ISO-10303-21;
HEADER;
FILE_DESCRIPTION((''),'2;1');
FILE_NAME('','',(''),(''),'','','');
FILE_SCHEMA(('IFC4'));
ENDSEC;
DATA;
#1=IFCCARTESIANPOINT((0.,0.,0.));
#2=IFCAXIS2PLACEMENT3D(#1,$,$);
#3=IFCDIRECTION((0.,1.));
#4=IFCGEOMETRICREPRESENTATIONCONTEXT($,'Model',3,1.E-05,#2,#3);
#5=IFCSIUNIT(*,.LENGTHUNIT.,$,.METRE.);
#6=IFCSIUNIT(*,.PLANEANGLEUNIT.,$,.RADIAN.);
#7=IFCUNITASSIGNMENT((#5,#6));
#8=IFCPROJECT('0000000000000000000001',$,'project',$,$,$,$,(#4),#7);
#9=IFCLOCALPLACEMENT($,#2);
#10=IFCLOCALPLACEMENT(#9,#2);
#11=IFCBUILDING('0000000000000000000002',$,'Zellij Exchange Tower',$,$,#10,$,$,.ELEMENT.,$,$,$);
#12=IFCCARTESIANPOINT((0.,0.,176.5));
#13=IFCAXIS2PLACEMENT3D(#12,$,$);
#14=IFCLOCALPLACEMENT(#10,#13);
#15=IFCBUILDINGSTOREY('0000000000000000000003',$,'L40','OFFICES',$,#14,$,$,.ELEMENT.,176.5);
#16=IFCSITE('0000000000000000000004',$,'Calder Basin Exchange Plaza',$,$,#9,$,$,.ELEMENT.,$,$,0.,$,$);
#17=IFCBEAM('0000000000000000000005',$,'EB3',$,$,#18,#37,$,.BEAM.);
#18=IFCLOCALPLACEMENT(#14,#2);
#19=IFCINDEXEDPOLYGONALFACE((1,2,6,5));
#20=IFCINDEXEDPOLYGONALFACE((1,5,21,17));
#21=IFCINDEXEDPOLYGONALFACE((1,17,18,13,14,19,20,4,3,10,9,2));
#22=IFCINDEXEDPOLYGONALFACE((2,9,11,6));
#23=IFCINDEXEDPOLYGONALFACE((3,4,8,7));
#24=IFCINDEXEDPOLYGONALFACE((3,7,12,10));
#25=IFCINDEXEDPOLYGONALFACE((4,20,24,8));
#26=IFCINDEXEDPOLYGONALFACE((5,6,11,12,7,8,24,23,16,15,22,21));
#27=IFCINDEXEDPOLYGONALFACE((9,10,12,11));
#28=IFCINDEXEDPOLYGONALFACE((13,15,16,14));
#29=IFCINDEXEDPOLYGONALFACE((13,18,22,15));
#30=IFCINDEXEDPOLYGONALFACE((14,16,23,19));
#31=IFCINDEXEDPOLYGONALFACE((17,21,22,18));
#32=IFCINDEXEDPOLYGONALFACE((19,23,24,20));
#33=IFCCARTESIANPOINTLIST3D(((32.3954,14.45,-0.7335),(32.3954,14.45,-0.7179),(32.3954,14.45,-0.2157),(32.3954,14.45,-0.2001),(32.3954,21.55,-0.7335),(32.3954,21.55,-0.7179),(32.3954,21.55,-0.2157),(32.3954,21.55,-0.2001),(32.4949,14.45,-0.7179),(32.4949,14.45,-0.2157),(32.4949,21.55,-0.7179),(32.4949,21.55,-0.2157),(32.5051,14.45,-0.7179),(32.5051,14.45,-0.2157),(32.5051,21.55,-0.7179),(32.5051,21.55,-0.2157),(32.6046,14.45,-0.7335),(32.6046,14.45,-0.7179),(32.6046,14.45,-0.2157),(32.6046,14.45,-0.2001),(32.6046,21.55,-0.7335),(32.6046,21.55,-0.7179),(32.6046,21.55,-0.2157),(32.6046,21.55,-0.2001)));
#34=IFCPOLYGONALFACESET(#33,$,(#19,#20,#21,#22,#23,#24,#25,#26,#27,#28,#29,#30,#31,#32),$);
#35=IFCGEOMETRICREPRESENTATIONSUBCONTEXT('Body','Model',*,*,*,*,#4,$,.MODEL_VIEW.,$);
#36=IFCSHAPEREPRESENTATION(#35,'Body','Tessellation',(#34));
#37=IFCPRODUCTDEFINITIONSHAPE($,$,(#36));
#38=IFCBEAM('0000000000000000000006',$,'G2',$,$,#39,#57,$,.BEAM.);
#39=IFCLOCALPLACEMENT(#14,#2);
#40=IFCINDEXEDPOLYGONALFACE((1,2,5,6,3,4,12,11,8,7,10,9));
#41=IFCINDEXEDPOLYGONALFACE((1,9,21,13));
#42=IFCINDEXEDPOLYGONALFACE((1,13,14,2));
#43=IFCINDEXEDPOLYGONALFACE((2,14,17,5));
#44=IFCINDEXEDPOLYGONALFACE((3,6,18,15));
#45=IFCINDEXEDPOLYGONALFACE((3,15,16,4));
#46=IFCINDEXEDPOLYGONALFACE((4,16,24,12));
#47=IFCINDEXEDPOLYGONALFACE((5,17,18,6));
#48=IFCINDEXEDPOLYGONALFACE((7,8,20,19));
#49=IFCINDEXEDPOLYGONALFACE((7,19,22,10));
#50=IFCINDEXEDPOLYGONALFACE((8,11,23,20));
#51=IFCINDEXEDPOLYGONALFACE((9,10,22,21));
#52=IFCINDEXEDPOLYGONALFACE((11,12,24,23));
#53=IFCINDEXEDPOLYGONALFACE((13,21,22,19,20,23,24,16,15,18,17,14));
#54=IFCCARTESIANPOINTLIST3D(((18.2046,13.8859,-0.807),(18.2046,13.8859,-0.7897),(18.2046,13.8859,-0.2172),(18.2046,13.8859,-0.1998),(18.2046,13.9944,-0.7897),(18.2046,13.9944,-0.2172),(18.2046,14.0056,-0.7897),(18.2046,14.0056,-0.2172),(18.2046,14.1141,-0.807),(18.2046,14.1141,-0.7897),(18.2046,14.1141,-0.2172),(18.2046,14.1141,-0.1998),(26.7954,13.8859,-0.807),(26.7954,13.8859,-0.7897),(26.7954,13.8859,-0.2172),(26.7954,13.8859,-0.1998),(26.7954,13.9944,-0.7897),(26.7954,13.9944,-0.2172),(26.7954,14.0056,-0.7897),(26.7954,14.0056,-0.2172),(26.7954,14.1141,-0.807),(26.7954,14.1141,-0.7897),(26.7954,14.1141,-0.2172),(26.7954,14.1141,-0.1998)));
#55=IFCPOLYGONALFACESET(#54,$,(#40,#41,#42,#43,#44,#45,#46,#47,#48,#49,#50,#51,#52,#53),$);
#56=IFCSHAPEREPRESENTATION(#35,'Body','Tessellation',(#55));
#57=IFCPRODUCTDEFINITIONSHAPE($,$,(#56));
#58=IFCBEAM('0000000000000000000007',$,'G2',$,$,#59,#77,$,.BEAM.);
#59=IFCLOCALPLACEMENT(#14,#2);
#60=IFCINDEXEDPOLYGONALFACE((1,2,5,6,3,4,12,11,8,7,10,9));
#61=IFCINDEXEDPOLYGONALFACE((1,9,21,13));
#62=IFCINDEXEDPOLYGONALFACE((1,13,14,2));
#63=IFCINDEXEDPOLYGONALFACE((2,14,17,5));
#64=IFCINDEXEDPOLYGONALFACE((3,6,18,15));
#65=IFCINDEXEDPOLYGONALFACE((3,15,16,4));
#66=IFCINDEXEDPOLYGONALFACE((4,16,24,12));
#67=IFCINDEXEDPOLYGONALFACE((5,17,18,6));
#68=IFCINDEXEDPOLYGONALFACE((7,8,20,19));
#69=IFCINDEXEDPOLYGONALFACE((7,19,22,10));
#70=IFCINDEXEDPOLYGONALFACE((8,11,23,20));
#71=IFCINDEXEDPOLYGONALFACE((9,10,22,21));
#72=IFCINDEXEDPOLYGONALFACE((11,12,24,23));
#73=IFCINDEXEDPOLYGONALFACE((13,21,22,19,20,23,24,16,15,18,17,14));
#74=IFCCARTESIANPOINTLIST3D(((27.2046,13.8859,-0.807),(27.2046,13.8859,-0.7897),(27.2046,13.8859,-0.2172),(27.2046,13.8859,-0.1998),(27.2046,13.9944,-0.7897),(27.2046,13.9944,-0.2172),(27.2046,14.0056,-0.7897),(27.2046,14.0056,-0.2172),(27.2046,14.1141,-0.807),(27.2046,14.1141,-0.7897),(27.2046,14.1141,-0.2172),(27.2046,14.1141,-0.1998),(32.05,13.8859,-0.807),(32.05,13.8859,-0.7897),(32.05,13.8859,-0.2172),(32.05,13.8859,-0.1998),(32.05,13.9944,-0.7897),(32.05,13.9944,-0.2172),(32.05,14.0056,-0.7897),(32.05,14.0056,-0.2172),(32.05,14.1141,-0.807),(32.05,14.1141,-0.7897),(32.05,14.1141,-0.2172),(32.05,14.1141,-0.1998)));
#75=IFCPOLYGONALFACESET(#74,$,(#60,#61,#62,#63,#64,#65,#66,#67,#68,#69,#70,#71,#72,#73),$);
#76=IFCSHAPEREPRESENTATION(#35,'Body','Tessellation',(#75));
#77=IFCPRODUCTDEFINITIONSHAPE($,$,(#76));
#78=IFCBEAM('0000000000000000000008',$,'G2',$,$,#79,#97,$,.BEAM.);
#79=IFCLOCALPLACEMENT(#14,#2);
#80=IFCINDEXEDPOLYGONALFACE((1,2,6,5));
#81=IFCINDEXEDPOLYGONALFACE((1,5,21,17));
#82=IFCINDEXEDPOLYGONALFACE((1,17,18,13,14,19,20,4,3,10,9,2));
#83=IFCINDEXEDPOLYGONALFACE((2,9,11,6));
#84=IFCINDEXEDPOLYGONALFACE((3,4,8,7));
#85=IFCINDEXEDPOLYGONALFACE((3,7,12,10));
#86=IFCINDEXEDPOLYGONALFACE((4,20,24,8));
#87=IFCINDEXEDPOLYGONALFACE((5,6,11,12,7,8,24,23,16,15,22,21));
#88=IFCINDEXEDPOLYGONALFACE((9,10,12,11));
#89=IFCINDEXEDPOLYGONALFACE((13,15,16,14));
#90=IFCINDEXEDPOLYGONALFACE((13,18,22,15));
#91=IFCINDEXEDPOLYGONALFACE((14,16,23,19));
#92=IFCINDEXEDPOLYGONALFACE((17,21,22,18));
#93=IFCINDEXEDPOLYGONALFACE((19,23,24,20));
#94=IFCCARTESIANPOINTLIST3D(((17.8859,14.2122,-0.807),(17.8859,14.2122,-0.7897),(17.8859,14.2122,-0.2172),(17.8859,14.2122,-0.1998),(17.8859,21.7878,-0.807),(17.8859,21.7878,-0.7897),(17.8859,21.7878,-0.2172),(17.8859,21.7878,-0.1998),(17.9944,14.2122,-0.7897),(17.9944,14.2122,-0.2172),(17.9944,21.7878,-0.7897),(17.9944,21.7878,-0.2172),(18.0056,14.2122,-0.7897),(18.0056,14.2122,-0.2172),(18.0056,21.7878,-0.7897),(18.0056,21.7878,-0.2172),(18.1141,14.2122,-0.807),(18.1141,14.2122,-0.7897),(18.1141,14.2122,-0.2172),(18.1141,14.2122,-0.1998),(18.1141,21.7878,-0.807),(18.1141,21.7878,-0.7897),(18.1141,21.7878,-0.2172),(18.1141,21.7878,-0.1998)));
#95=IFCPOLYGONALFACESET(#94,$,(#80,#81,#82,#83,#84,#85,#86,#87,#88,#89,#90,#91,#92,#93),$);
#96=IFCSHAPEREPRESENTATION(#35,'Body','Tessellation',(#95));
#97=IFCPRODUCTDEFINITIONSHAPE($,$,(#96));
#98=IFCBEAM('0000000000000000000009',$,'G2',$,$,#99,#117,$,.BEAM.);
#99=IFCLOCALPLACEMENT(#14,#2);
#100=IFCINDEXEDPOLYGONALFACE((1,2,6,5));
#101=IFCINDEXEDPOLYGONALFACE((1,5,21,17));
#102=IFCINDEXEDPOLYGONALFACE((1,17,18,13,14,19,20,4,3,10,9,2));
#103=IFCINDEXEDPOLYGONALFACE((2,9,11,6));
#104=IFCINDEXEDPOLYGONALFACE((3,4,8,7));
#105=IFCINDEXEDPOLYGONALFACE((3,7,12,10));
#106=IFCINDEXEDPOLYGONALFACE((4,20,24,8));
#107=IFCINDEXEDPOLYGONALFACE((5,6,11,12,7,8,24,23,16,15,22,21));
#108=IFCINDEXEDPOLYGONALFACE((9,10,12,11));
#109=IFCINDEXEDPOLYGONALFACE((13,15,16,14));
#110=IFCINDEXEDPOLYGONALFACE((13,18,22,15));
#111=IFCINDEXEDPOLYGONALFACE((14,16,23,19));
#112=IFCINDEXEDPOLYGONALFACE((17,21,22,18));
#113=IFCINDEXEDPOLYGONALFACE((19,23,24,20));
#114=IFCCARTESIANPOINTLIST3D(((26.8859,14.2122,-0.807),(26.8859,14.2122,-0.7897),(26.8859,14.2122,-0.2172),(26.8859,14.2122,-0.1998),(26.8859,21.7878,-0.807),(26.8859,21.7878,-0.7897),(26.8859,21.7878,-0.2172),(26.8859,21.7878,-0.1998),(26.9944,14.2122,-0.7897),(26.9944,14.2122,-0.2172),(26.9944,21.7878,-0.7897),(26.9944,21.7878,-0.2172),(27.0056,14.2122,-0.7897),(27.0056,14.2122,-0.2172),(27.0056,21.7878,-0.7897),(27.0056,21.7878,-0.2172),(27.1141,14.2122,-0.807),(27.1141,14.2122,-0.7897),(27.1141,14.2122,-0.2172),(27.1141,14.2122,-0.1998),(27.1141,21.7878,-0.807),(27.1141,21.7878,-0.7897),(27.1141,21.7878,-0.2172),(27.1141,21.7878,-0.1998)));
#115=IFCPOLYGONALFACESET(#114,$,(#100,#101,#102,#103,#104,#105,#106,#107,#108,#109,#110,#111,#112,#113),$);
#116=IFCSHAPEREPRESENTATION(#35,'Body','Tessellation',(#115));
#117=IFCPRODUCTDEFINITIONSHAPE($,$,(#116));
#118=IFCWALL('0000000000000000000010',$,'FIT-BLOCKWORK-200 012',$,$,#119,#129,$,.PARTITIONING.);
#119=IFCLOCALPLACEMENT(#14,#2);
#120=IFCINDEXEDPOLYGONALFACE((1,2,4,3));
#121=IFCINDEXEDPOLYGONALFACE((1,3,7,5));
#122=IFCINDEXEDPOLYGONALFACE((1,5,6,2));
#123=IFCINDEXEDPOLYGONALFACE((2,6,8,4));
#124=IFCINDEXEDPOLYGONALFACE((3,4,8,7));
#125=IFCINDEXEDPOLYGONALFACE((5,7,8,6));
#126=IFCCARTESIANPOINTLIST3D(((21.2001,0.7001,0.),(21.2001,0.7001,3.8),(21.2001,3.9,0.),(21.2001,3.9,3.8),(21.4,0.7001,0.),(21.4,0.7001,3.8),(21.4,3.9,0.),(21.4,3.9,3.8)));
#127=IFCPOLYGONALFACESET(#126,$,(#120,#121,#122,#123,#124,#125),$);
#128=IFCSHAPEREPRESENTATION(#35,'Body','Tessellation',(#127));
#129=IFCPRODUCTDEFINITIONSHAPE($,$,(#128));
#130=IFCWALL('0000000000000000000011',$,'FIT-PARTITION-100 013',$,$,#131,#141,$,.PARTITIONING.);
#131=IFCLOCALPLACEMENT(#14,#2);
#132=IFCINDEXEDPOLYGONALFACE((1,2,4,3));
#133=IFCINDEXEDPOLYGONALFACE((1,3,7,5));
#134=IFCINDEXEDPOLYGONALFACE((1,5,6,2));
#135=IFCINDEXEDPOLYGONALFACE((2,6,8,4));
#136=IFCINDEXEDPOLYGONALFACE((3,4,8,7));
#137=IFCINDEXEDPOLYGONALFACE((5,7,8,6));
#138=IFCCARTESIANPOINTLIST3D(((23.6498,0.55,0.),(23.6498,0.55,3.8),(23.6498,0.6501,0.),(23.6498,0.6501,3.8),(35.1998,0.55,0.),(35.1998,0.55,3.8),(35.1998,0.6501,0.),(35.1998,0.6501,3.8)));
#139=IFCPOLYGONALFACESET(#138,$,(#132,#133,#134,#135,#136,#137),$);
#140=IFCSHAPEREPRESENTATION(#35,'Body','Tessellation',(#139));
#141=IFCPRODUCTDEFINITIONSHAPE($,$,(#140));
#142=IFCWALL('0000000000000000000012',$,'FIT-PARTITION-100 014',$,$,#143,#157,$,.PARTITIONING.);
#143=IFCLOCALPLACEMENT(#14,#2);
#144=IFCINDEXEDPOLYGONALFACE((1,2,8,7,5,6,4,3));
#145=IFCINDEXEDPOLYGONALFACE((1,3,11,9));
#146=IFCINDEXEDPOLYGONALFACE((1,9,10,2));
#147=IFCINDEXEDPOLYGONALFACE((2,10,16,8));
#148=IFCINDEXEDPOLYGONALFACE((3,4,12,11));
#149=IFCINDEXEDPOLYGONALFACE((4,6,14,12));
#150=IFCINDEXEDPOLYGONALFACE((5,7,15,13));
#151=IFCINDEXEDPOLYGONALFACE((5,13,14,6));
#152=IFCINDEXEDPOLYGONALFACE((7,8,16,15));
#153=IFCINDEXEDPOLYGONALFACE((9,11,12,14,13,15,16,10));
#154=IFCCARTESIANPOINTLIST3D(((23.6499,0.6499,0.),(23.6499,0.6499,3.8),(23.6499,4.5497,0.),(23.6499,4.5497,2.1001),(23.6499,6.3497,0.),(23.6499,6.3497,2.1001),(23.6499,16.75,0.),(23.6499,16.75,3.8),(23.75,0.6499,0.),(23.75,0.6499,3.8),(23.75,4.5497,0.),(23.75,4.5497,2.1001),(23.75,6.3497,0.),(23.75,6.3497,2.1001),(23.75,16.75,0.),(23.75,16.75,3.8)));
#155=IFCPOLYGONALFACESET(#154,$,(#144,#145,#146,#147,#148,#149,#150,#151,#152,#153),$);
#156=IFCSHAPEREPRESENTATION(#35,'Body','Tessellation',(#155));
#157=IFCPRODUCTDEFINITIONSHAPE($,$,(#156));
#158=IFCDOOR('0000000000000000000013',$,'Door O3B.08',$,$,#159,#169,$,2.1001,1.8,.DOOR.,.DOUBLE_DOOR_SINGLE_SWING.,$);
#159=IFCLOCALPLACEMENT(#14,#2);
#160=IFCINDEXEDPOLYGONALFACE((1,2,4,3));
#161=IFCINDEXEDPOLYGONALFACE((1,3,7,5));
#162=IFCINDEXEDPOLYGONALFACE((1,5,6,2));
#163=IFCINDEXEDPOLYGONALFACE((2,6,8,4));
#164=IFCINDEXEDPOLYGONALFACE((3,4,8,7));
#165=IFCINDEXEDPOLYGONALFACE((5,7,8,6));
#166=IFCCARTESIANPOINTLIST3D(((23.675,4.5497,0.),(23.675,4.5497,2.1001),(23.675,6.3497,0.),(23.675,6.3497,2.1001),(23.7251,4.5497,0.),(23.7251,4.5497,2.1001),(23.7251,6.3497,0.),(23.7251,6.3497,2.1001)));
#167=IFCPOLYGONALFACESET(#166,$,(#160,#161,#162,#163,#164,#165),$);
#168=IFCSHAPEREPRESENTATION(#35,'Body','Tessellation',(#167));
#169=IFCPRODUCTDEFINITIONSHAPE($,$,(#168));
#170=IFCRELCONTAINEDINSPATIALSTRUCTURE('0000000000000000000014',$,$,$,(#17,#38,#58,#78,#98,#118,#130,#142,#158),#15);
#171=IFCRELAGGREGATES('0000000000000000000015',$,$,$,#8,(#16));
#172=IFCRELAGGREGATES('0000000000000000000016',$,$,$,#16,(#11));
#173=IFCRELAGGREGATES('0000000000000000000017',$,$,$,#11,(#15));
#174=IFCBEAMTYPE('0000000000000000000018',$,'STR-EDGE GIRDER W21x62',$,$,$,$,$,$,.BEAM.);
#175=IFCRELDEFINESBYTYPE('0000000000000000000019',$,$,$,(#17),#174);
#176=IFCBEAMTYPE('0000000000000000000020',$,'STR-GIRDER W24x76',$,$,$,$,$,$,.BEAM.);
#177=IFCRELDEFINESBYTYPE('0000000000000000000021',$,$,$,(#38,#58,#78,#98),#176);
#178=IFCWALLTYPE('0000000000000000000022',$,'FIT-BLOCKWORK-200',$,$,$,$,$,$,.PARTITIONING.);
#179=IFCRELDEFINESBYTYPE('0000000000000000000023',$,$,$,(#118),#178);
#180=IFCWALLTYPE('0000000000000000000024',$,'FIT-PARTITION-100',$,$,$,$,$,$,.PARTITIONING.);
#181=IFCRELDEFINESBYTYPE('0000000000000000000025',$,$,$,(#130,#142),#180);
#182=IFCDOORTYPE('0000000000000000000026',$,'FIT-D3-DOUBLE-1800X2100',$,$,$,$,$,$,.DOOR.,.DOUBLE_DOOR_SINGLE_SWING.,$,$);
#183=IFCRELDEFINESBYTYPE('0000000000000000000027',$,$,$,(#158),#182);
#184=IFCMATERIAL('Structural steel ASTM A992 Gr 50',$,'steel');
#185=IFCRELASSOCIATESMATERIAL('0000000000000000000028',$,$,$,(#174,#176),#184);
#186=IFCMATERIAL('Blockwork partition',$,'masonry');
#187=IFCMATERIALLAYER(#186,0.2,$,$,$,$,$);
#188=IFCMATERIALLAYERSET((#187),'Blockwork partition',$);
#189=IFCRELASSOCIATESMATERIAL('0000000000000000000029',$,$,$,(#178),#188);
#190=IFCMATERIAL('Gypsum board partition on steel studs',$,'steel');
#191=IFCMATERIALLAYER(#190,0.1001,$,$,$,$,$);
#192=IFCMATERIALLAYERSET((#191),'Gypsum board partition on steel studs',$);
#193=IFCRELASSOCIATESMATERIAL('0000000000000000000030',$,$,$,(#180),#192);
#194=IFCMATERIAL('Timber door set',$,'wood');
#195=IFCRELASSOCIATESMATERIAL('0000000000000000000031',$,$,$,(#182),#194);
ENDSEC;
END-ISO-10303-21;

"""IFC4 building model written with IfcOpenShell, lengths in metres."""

from ifc_helpers import new_model, si_unit, direction, frame, frame_2d, origin, origin_2d, place, context, subcontext, project, spatial, rectangle, i_section, extrude, material, layer, layer_set, material_profile, profile_set, type_object, element, fill, save


model = new_model("IFC4")

# Units and contexts
model_context = context("Model", 3, precision=1e-05, world=origin(), true_north=direction((0.0, 1.0)))
body_context = subcontext(model_context, "Body", "Model", "MODEL_VIEW")
ifc_project = project(units=[si_unit("LENGTHUNIT", "METRE"), si_unit("PLANEANGLEUNIT", "RADIAN")], contexts=[model_context])

# Site, building, storey
site_placement = place(None, origin())
site = spatial("IfcSite", under=ifc_project, at=site_placement, Name="Calder Basin Exchange Plaza", CompositionType="ELEMENT", RefElevation=0.0)
building_placement = place(site_placement, origin())
building = spatial("IfcBuilding", under=site, at=building_placement, Name="Zellij Exchange Tower", CompositionType="ELEMENT")
storey_placement = place(building_placement, frame((0.0, 0.0, 176.5)))
storey = spatial("IfcBuildingStorey", under=building, at=storey_placement, Name="L40", Description="OFFICES", CompositionType="ELEMENT", Elevation=176.5)

# Beams
ifc_material_1 = material(Name="Structural steel ASTM A992 Gr 50", Category="steel")
ifc_material_profile_1 = material_profile(ifc_material_1, i_section(OverallWidth=0.2092, OverallDepth=0.5334, WebThickness=0.0103, FlangeThickness=0.0156, at=origin_2d()), Name="W21x62")
ifc_profile_set_1 = profile_set([ifc_material_profile_1], Name="Structural steel ASTM A992 Gr 50")
beam_type_1 = type_object("IfcBeamType", Name="STR-EDGE GIRDER W21x62", PredefinedType="BEAM", material=ifc_profile_set_1)
beam_1_placement = place(storey_placement, frame((32.5, 14.45, -0.4668), z_axis=(0.0, 1.0, 0.0), x_axis=(-1.0, 0.0, 0.0)))
element("IfcBeam", 1, at=beam_1_placement, inside=storey, type_object=beam_type_1, Name="EB3", PredefinedType="BEAM", context=body_context, shape_type="SweptSolid", body=[
    extrude(i_section(OverallWidth=0.2092, OverallDepth=0.5334, WebThickness=0.0103, FlangeThickness=0.0156, at=origin_2d()), origin(), (0.0, 0.0, 1.0), 7.1001),
])
ifc_material_profile_2 = material_profile(ifc_material_1, i_section(OverallWidth=0.2283, OverallDepth=0.6072, WebThickness=0.0112, FlangeThickness=0.0173, at=origin_2d()), Name="W24x76")
ifc_profile_set_2 = profile_set([ifc_material_profile_2], Name="Structural steel ASTM A992 Gr 50")
beam_type_2 = type_object("IfcBeamType", Name="STR-GIRDER W24x76", PredefinedType="BEAM", material=ifc_profile_set_2)
beam_2_placement = place(storey_placement, frame((18.2046, 14.0, -0.5034), z_axis=(1.0, 0.0, 0.0), x_axis=(0.0, 1.0, 0.0)))
element("IfcBeam", 2, at=beam_2_placement, inside=storey, type_object=beam_type_2, Name="G2", PredefinedType="BEAM", context=body_context, shape_type="SweptSolid", body=[
    extrude(i_section(OverallWidth=0.2283, OverallDepth=0.6072, WebThickness=0.0112, FlangeThickness=0.0173, at=origin_2d()), origin(), (0.0, 0.0, 1.0), 8.5908),
])
beam_3_placement = place(storey_placement, frame((27.2046, 14.0, -0.5034), z_axis=(1.0, 0.0, 0.0), x_axis=(0.0, 1.0, 0.0)))
element("IfcBeam", 3, at=beam_3_placement, inside=storey, type_object=beam_type_2, Name="G2", PredefinedType="BEAM", context=body_context, shape_type="SweptSolid", body=[
    extrude(i_section(OverallWidth=0.2283, OverallDepth=0.6072, WebThickness=0.0112, FlangeThickness=0.0173, at=origin_2d()), origin(), (0.0, 0.0, 1.0), 4.8455),
])
for number, where, z_axis, x_axis, name in (
    (4, (18.0, 14.2122, -0.5034), (0.0, 1.0, 0.0), (-1.0, 0.0, 0.0), "G2"),
    (5, (27.0, 14.2122, -0.5034), (0.0, 1.0, 0.0), (-1.0, 0.0, 0.0), "G2"),
):
    element("IfcBeam", number, at=place(storey_placement, frame(where, z_axis=z_axis, x_axis=x_axis)), inside=storey, type_object=beam_type_2, Name=name, PredefinedType="BEAM", context=body_context, shape_type="SweptSolid", body=[
        extrude(i_section(OverallWidth=0.2283, OverallDepth=0.6072, WebThickness=0.0112, FlangeThickness=0.0173, at=origin_2d()), origin(), (0.0, 0.0, 1.0), 7.5757),
    ])

# Walls
ifc_material_2 = material(Name="Blockwork partition", Category="masonry")
ifc_layer_1 = layer(ifc_material_2, 0.2)
ifc_layer_set_1 = layer_set([ifc_layer_1], Name="Blockwork partition")
wall_type_1 = type_object("IfcWallType", Name="FIT-BLOCKWORK-200", PredefinedType="PARTITIONING", material=ifc_layer_set_1)
wall_1_placement = place(storey_placement, frame((21.3, 0.7, 0.0), z_axis=(0.0, 0.0, 1.0), x_axis=(0.0, 1.0, 0.0)))
element("IfcWall", 6, at=wall_1_placement, inside=storey, type_object=wall_type_1, Name="FIT-BLOCKWORK-200 012", PredefinedType="PARTITIONING", context=body_context, shape_type="SweptSolid", body=[
    extrude(rectangle(XDim=3.2, YDim=0.2, at=frame_2d((1.6001, 0.0))), origin(), (0.0, 0.0, 1.0), 3.8),
])
ifc_material_3 = material(Name="Gypsum board partition on steel studs", Category="steel")
ifc_layer_2 = layer(ifc_material_3, 0.1001)
ifc_layer_set_2 = layer_set([ifc_layer_2], Name="Gypsum board partition on steel studs")
wall_type_2 = type_object("IfcWallType", Name="FIT-PARTITION-100", PredefinedType="PARTITIONING", material=ifc_layer_set_2)
wall_2_placement = place(storey_placement, frame((23.6499, 0.6001, 0.0), z_axis=(0.0, 0.0, 1.0), x_axis=(1.0, 0.0, 0.0)))
element("IfcWall", 7, at=wall_2_placement, inside=storey, type_object=wall_type_2, Name="FIT-PARTITION-100 013", PredefinedType="PARTITIONING", context=body_context, shape_type="SweptSolid", body=[
    extrude(rectangle(XDim=11.55, YDim=0.1001, at=frame_2d((5.7749, 0.0))), origin(), (0.0, 0.0, 1.0), 3.8),
])

# Wall, opening, door
wall_3_placement = place(storey_placement, frame((23.7, 0.6499, 0.0), z_axis=(0.0, 0.0, 1.0), x_axis=(0.0, 1.0, 0.0)))
wall_3 = element("IfcWall", 8, at=wall_3_placement, inside=storey, type_object=wall_type_2, Name="FIT-PARTITION-100 014", PredefinedType="PARTITIONING", context=body_context, shape_type="SweptSolid", body=[
    extrude(rectangle(XDim=16.1001, YDim=0.1001, at=frame_2d((8.05, 0.0))), origin(), (0.0, 0.0, 1.0), 3.8),
])
opening_1_placement = place(wall_3_placement, frame((3.8999, 0.0, 0.0)))
opening_1 = element("IfcOpeningElement", 9, at=opening_1_placement, cuts=wall_3, PredefinedType="OPENING", context=body_context, shape_type="SweptSolid", body=[
    extrude(rectangle(XDim=1.8, YDim=2.1001, at=frame_2d((0.8999, 1.05))), frame((0.0, 0.062, 0.0), z_axis=(0.0, -1.0, 0.0), x_axis=(1.0, 0.0, 0.0)), (0.0, 0.0, 1.0), 0.124),
])
ifc_material_4 = material(Name="Timber door set", Category="wood")
door_type_1 = type_object("IfcDoorType", Name="FIT-D3-DOUBLE-1800X2100", OperationType="DOUBLE_DOOR_SINGLE_SWING", PredefinedType="DOOR", material=ifc_material_4)
door_1_placement = place(opening_1_placement, origin())
door_1 = element("IfcDoor", 10, at=door_1_placement, inside=storey, type_object=door_type_1, Name="Door O3B.08", OperationType="DOUBLE_DOOR_SINGLE_SWING", OverallHeight=2.1001, OverallWidth=1.8, PredefinedType="DOOR", context=body_context, shape_type="SweptSolid", body=[
    extrude(rectangle(XDim=1.8, YDim=2.1001, at=frame_2d((0.8999, 1.05))), frame((0.0, 0.0249, 0.0), z_axis=(0.0, -1.0, 0.0), x_axis=(1.0, 0.0, 0.0)), (0.0, 0.0, 1.0), 0.05),
])
fill(opening_1, door_1)

save(model, "model.ifc")
